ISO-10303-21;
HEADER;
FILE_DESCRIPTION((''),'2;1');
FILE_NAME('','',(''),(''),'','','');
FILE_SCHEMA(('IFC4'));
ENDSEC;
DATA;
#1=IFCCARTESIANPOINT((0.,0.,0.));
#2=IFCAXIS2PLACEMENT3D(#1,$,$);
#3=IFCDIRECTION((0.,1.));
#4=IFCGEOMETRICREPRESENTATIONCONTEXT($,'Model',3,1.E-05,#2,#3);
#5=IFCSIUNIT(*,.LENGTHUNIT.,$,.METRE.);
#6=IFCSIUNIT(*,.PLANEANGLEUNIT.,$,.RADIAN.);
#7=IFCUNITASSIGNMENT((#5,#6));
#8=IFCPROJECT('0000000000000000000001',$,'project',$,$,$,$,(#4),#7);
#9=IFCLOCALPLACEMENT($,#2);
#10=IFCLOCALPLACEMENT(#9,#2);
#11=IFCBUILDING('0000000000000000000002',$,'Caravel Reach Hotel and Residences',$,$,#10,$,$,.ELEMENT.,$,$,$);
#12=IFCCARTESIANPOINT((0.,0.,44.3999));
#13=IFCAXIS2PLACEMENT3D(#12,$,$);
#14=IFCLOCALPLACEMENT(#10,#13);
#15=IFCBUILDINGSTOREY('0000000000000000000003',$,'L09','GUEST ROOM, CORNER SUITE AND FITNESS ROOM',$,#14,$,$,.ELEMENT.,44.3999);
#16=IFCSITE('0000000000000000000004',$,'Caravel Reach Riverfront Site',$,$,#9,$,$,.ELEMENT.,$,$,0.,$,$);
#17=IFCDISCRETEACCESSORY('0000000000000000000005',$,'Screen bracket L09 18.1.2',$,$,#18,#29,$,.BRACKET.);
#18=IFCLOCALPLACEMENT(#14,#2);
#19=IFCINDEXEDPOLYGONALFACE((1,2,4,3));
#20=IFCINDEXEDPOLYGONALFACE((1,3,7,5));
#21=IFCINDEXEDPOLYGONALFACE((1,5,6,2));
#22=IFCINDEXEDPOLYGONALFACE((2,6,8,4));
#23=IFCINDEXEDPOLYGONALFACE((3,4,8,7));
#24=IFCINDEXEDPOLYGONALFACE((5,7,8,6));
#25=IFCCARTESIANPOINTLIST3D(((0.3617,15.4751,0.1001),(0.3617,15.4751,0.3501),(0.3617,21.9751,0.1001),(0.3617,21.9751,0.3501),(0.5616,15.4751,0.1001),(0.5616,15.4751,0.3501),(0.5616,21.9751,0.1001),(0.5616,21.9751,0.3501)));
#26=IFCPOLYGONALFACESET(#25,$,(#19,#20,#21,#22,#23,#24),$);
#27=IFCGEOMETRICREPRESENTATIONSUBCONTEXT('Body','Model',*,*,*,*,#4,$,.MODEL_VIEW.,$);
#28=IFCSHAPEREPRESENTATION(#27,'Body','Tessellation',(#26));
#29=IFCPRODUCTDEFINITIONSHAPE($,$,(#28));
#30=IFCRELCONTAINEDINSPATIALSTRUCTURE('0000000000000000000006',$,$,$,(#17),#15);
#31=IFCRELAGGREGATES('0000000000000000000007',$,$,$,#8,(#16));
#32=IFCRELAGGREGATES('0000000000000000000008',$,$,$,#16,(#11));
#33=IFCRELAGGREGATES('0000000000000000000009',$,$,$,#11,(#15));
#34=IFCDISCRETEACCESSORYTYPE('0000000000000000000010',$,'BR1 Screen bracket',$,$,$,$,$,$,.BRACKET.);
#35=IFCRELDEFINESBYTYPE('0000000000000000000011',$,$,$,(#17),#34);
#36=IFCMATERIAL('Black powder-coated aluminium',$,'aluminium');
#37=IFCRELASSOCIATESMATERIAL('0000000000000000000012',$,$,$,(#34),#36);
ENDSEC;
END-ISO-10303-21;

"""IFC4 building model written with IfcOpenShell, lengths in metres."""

from ifc_helpers import new_model, si_unit, direction, frame, origin, origin_2d, place, context, subcontext, project, spatial, rectangle, extrude, material, type_object, element, save


model = new_model("IFC4")

# Units and contexts
model_context = context("Model", 3, precision=1e-05, world=origin(), true_north=direction((0.0, 1.0)))
body_context = subcontext(model_context, "Body", "Model", "MODEL_VIEW")
ifc_project = project(units=[si_unit("LENGTHUNIT", "METRE"), si_unit("PLANEANGLEUNIT", "RADIAN")], contexts=[model_context])

# Site, building, storey
site_placement = place(None, origin())
site = spatial("IfcSite", under=ifc_project, at=site_placement, Name="Caravel Reach Riverfront Site", CompositionType="ELEMENT", RefElevation=0.0)
building_placement = place(site_placement, origin())
building = spatial("IfcBuilding", under=site, at=building_placement, Name="Caravel Reach Hotel and Residences", CompositionType="ELEMENT")
storey_placement = place(building_placement, frame((0.0, 0.0, 44.3999)))
storey = spatial("IfcBuildingStorey", under=building, at=storey_placement, Name="L09", Description="GUEST ROOM, CORNER SUITE AND FITNESS ROOM", CompositionType="ELEMENT", Elevation=44.3999)

# Discrete accessory
ifc_material_1 = material(Name="Black powder-coated aluminium", Category="aluminium")
discrete_accessory_type = type_object("IfcDiscreteAccessoryType", Name="BR1 Screen bracket", PredefinedType="BRACKET", material=ifc_material_1)
discrete_accessory_placement = place(storey_placement, frame((0.4617, 18.7251, 0.1001), z_axis=(0.0, 0.0, 1.0), x_axis=(0.0, -1.0, 0.0)))
element("IfcDiscreteAccessory", 1, at=discrete_accessory_placement, inside=storey, type_object=discrete_accessory_type, Name="Screen bracket L09 18.1.2", PredefinedType="BRACKET", context=body_context, shape_type="SweptSolid", body=[
    extrude(rectangle(XDim=6.5, YDim=0.2, at=origin_2d()), origin(), (0.0, 0.0, 1.0), 0.25),
])

save(model, "model.ifc")
